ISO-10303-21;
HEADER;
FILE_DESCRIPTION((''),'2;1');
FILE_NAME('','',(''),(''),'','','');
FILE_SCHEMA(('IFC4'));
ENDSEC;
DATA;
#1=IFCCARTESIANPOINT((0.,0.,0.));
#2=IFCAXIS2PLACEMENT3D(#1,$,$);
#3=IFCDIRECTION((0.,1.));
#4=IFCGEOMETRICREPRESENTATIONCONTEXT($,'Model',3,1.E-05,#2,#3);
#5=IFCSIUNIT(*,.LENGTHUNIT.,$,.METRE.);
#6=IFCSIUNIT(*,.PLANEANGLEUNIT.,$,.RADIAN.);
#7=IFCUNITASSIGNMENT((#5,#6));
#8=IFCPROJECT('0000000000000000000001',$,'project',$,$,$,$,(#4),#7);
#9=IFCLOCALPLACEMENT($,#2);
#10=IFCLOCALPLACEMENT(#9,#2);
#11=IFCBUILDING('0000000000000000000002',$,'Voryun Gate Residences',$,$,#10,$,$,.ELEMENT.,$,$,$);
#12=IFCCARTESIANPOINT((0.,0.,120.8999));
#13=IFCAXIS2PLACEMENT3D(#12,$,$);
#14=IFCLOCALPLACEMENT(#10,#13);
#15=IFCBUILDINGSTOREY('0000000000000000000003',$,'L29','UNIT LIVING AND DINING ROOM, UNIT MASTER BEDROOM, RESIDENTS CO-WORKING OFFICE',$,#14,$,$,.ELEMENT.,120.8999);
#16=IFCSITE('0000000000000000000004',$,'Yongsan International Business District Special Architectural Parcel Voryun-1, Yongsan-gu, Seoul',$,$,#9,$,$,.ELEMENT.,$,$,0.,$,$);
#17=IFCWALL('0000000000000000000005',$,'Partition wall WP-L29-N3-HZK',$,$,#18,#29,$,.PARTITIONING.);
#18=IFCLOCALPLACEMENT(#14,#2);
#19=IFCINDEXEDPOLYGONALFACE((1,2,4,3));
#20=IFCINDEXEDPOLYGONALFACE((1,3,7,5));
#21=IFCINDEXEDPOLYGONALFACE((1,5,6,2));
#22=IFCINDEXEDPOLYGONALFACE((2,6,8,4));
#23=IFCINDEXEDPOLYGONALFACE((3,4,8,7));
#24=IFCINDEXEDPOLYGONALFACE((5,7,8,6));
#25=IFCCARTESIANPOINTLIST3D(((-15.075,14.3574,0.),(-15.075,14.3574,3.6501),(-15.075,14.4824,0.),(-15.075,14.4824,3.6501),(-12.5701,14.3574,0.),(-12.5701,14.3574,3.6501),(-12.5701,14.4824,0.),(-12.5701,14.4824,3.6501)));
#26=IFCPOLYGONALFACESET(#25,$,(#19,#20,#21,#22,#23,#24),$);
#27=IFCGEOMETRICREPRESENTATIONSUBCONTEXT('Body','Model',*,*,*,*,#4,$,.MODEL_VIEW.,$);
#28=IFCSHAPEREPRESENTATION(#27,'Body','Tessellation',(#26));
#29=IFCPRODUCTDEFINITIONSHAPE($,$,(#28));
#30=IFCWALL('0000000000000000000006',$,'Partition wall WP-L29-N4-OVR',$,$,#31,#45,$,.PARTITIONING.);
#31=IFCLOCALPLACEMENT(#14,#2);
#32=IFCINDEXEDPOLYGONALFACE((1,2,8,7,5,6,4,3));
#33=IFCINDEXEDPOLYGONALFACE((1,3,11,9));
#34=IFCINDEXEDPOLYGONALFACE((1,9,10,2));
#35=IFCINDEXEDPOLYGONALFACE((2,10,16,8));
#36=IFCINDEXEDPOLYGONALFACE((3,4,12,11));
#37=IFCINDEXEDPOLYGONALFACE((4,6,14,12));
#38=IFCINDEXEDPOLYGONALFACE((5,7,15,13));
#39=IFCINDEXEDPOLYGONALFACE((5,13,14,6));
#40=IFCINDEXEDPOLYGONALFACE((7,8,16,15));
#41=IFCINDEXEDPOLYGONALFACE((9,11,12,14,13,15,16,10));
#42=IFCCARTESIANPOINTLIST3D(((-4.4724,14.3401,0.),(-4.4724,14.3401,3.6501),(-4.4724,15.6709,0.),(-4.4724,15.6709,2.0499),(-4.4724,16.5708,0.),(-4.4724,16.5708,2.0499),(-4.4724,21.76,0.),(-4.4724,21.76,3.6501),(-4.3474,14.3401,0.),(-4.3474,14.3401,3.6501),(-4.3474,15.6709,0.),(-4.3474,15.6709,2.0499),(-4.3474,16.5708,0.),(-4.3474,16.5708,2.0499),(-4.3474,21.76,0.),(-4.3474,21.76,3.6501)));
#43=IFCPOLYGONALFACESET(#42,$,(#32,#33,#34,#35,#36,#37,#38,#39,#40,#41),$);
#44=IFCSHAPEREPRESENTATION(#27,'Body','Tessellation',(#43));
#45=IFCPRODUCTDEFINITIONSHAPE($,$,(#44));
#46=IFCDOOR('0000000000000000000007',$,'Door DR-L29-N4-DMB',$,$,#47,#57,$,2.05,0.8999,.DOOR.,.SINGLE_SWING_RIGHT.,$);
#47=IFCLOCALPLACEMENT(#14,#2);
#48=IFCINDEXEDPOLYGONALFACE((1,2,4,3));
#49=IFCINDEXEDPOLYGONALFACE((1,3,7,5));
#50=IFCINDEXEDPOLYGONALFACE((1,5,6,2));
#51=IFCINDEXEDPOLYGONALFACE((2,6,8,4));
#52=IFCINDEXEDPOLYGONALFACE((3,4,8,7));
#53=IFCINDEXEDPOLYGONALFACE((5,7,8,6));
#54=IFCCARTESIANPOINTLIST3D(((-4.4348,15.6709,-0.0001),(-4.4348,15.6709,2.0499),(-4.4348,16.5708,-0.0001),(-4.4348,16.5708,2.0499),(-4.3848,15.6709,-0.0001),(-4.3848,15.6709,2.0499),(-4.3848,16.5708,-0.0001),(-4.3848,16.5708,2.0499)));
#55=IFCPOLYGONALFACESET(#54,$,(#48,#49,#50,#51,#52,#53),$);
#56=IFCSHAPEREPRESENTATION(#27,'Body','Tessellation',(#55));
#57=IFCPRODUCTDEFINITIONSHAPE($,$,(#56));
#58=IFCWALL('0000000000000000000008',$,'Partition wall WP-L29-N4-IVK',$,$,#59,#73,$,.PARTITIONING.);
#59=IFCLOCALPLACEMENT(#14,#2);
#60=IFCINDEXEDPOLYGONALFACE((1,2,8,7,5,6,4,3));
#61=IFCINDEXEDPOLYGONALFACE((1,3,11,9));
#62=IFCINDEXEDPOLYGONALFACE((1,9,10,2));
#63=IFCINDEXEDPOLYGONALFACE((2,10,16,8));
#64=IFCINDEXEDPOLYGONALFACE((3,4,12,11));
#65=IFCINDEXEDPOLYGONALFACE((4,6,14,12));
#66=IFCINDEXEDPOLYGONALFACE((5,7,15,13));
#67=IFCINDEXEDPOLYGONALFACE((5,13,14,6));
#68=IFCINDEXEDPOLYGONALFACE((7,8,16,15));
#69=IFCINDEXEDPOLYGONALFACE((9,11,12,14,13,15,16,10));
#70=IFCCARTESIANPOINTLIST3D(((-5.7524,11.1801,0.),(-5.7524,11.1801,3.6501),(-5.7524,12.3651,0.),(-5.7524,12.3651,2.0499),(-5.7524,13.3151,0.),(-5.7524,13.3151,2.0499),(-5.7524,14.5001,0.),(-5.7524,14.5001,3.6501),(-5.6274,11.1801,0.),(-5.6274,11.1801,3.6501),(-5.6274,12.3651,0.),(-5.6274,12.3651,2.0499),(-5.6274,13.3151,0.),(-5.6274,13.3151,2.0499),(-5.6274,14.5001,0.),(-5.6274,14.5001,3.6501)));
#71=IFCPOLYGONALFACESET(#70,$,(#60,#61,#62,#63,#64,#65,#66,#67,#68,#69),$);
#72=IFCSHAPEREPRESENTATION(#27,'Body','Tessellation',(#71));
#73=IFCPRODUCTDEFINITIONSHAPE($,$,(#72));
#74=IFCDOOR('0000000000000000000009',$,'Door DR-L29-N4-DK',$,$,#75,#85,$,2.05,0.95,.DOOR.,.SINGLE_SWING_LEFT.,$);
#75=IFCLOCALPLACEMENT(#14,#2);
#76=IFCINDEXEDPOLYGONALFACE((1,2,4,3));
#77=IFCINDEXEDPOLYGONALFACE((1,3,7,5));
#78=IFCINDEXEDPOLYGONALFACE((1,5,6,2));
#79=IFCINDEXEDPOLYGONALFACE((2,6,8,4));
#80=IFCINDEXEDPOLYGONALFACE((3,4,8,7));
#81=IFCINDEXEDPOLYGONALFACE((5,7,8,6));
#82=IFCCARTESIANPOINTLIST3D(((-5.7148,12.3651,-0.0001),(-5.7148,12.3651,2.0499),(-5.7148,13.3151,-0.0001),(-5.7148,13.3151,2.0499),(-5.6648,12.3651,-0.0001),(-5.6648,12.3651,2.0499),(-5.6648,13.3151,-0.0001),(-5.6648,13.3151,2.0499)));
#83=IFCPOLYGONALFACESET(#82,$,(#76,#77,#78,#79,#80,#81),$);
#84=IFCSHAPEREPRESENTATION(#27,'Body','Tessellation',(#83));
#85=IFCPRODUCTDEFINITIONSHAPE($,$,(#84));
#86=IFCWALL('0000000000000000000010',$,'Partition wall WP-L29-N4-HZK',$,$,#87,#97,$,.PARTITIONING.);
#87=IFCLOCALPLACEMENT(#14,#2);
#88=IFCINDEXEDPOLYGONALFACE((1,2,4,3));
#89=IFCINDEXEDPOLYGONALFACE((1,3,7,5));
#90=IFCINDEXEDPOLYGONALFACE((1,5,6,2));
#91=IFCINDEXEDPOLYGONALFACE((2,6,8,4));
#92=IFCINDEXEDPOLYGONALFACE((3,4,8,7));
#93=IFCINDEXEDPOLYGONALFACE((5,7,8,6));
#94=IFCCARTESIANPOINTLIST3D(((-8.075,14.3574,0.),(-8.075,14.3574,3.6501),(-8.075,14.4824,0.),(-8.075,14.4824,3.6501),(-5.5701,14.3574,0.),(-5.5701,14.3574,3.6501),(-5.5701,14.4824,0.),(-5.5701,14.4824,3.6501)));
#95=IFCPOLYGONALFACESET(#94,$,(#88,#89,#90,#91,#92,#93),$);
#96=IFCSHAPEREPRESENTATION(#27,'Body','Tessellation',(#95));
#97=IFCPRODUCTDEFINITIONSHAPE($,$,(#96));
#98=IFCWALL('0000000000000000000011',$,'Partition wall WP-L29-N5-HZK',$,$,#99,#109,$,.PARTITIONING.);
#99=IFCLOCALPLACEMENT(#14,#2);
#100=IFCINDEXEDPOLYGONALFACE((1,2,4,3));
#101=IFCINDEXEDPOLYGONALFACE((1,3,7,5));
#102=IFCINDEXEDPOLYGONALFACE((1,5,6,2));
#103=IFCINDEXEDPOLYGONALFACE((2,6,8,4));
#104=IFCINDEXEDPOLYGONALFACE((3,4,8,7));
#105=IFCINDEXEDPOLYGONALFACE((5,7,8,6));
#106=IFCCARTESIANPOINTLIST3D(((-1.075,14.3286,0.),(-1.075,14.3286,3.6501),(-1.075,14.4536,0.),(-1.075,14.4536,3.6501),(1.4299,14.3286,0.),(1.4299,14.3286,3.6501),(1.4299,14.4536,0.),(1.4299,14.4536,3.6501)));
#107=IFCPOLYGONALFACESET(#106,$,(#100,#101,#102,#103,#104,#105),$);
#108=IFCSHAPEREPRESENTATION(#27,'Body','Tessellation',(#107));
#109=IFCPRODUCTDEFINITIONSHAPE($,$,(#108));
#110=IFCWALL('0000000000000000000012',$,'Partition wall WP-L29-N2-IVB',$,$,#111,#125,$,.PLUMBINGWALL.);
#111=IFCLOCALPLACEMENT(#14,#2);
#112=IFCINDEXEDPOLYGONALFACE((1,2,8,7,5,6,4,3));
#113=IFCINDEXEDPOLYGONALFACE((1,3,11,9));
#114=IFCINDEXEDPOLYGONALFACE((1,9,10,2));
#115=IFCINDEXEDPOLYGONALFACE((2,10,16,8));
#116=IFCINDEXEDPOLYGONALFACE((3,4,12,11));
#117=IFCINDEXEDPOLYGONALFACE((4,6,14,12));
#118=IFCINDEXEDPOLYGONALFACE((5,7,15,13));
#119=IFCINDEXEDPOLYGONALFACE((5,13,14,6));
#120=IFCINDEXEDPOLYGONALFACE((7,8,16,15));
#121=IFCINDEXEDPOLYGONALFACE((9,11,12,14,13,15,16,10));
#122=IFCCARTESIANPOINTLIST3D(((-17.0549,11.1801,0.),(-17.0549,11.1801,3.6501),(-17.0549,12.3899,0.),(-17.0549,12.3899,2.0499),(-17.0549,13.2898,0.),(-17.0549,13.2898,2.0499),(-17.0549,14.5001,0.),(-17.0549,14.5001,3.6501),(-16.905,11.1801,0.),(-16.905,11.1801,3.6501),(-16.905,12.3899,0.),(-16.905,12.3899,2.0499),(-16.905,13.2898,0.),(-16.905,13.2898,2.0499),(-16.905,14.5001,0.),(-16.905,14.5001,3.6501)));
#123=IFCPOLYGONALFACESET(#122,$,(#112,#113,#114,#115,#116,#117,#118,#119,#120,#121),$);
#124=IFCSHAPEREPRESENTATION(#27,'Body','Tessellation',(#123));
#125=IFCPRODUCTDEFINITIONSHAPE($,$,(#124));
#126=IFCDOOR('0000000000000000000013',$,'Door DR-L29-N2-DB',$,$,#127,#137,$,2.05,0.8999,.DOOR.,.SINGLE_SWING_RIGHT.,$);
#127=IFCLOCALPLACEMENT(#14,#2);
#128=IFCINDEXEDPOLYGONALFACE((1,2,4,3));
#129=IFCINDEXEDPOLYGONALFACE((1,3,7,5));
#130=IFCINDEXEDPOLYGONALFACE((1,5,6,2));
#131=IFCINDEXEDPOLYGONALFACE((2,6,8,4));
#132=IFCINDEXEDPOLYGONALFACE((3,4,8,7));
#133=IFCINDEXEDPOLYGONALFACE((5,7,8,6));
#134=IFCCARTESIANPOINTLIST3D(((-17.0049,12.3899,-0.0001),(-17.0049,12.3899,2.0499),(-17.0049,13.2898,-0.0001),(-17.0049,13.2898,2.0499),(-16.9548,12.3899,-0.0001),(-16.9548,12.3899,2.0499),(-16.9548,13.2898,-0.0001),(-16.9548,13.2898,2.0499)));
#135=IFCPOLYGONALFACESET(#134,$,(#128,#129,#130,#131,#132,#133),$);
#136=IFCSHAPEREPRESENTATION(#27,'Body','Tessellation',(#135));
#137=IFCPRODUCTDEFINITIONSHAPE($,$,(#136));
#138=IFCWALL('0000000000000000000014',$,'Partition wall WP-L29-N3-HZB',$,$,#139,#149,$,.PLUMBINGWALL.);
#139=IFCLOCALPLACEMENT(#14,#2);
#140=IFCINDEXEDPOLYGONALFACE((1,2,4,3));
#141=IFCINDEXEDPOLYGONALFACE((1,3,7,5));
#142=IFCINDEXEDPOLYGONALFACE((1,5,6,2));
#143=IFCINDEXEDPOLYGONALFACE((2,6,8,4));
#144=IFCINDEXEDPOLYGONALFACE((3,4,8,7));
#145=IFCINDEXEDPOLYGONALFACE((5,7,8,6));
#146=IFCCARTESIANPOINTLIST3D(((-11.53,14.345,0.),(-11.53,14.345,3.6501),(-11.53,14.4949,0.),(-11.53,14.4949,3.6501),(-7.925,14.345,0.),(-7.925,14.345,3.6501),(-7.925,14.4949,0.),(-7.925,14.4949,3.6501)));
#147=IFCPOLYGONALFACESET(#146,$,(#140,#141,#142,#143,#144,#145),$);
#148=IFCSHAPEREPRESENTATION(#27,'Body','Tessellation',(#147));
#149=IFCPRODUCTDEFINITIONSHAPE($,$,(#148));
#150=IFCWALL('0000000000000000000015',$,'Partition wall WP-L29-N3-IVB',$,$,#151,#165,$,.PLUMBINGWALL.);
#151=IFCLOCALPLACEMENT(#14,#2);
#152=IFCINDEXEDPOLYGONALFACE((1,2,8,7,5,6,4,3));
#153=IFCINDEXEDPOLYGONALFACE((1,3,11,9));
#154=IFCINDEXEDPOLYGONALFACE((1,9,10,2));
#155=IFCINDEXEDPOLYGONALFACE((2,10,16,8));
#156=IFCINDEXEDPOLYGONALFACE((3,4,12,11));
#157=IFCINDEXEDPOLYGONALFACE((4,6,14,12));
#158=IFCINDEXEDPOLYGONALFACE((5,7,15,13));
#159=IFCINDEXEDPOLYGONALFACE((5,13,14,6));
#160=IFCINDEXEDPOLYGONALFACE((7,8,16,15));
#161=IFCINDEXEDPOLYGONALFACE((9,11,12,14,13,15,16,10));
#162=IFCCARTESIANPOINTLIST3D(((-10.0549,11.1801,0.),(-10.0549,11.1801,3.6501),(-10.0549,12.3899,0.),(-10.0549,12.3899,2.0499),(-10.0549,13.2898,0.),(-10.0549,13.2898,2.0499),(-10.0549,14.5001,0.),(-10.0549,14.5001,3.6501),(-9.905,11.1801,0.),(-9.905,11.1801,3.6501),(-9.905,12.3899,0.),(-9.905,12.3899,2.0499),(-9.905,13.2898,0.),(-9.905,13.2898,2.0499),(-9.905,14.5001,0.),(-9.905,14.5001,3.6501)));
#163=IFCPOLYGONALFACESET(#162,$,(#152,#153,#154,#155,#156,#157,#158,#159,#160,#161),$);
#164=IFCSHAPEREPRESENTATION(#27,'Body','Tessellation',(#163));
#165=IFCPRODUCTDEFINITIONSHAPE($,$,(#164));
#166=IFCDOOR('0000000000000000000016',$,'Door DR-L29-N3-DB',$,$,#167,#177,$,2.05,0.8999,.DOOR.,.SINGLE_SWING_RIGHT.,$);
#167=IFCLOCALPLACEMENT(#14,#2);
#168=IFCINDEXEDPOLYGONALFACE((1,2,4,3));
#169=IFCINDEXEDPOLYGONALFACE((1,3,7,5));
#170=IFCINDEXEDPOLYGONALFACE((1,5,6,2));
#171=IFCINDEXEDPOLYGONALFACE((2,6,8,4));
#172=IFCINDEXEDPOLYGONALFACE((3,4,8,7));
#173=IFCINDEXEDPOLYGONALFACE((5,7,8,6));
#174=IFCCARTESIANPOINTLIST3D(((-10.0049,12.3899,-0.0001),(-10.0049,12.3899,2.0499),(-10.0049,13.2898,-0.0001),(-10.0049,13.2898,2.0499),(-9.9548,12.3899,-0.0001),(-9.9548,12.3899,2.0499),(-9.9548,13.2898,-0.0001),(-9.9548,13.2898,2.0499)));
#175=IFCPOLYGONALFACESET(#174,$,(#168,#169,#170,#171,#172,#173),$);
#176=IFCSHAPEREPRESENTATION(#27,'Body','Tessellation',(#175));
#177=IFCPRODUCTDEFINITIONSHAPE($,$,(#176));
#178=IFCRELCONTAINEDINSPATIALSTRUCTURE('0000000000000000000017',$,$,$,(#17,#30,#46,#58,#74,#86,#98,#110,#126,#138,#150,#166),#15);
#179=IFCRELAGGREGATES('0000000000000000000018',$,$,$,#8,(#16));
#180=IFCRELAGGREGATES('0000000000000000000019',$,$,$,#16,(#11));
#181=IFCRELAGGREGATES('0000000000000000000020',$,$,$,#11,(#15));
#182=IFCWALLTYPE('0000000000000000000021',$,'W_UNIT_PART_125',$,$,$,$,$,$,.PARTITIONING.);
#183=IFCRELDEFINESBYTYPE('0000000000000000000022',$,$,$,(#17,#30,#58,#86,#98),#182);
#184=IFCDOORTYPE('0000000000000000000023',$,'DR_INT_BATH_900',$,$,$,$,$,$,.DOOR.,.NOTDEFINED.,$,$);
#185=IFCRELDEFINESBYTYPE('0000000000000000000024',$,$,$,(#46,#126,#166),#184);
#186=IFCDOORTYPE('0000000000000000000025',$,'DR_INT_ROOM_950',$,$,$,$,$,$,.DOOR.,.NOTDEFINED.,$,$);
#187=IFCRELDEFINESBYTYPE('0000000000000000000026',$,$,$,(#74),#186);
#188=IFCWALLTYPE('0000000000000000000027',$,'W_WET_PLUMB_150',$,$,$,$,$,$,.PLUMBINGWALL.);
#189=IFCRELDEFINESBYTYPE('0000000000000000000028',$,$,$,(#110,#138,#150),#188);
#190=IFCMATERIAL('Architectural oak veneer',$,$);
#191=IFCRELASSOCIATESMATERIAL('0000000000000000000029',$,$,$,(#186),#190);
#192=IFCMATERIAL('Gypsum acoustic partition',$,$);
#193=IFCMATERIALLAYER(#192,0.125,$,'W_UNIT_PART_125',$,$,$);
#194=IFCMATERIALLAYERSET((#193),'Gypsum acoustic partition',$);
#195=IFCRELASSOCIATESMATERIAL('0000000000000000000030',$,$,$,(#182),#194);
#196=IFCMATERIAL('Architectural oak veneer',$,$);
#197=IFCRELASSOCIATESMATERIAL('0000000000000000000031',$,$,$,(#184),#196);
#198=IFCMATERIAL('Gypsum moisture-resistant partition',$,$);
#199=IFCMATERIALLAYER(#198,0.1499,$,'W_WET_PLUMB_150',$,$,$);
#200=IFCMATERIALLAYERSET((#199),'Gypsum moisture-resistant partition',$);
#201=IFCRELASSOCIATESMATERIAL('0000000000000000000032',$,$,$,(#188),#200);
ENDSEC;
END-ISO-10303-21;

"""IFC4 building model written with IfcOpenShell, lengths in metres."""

from ifc_helpers import new_model, si_unit, direction, frame, frame_2d, origin, place, context, subcontext, project, spatial, rectangle, extrude, material, layer, layer_set, type_object, element, fill, save


model = new_model("IFC4")

# Units and contexts
model_context = context("Model", 3, precision=1e-05, world=origin(), true_north=direction((0.0, 1.0)))
body_context = subcontext(model_context, "Body", "Model", "MODEL_VIEW")
ifc_project = project(units=[si_unit("LENGTHUNIT", "METRE"), si_unit("PLANEANGLEUNIT", "RADIAN")], contexts=[model_context])

# Site, building, storey
site_placement = place(None, origin())
site = spatial("IfcSite", under=ifc_project, at=site_placement, Name="Yongsan International Business District Special Architectural Parcel Voryun-1, Yongsan-gu, Seoul", CompositionType="ELEMENT", RefElevation=0.0)
building_placement = place(site_placement, origin())
building = spatial("IfcBuilding", under=site, at=building_placement, Name="Voryun Gate Residences", CompositionType="ELEMENT")
storey_placement = place(building_placement, frame((0.0, 0.0, 120.8999)))
storey = spatial("IfcBuildingStorey", under=building, at=storey_placement, Name="L29", Description="UNIT LIVING AND DINING ROOM, UNIT MASTER BEDROOM, RESIDENTS CO-WORKING OFFICE", CompositionType="ELEMENT", Elevation=120.8999)

# Shared definitions
ifc_material_1 = material(Name="Architectural oak veneer")
door_type_1 = type_object("IfcDoorType", Name="DR_INT_ROOM_950", OperationType="NOTDEFINED", PredefinedType="DOOR", material=ifc_material_1)

# Shared definitions
ifc_material_2 = material(Name="Gypsum acoustic partition")
ifc_layer_1 = layer(ifc_material_2, 0.125, Name="W_UNIT_PART_125")
ifc_layer_set_1 = layer_set([ifc_layer_1], Name="Gypsum acoustic partition")
wall_type_1 = type_object("IfcWallType", Name="W_UNIT_PART_125", PredefinedType="PARTITIONING", material=ifc_layer_set_1)
ifc_material_3 = material(Name="Architectural oak veneer")
door_type_2 = type_object("IfcDoorType", Name="DR_INT_BATH_900", OperationType="NOTDEFINED", PredefinedType="DOOR", material=ifc_material_3)

# Wall
wall_1_placement = place(storey_placement, frame((-15.075, 14.4199, 0.0), z_axis=(0.0, 0.0, 1.0), x_axis=(1.0, 0.0, 0.0)))
element("IfcWall", 1, at=wall_1_placement, inside=storey, type_object=wall_type_1, Name="Partition wall WP-L29-N3-HZK", PredefinedType="PARTITIONING", context=body_context, shape_type="SweptSolid", body=[
    extrude(rectangle(XDim=2.5049, YDim=0.125, at=frame_2d((1.2524, 0.0))), origin(), (0.0, 0.0, 1.0), 3.6501),
])

# Walls, openings, doors
wall_2_placement = place(storey_placement, frame((-4.4099, 14.3401, 0.0), z_axis=(0.0, 0.0, 1.0), x_axis=(0.0, 1.0, 0.0)))
wall_2 = element("IfcWall", 2, at=wall_2_placement, inside=storey, type_object=wall_type_1, Name="Partition wall WP-L29-N4-OVR", PredefinedType="PARTITIONING", context=body_context, shape_type="SweptSolid", body=[
    extrude(rectangle(XDim=7.4199, YDim=0.125, at=frame_2d((3.71, 0.0))), origin(), (0.0, 0.0, 1.0), 3.6501),
])
opening_1_placement = place(wall_2_placement, frame((1.3308, 0.0, 0.0)))
opening_1 = element("IfcOpeningElement", 3, at=opening_1_placement, cuts=wall_2, PredefinedType="OPENING", context=body_context, shape_type="SweptSolid", body=[
    extrude(rectangle(XDim=0.8999, YDim=2.05, at=frame_2d((0.45, 1.0249))), frame((0.0, 0.0725, 0.0), z_axis=(0.0, -1.0, 0.0), x_axis=(1.0, 0.0, 0.0)), (0.0, 0.0, 1.0), 0.145),
])
door_1_placement = place(opening_1_placement, origin())
door_1 = element("IfcDoor", 4, at=door_1_placement, inside=storey, type_object=door_type_2, Name="Door DR-L29-N4-DMB", OperationType="SINGLE_SWING_RIGHT", OverallHeight=2.05, OverallWidth=0.8999, PredefinedType="DOOR", context=body_context, shape_type="SweptSolid", body=[
    extrude(rectangle(XDim=0.8999, YDim=2.05, at=frame_2d((0.45, 1.0249))), frame((0.0, 0.0249, 0.0), z_axis=(0.0, -1.0, 0.0), x_axis=(1.0, 0.0, 0.0)), (0.0, 0.0, 1.0), 0.05),
])
fill(opening_1, door_1)
wall_3_placement = place(storey_placement, frame((-5.6899, 11.1799, 0.0), z_axis=(0.0, 0.0, 1.0), x_axis=(0.0, 1.0, 0.0)))
wall_3 = element("IfcWall", 5, at=wall_3_placement, inside=storey, type_object=wall_type_1, Name="Partition wall WP-L29-N4-IVK", PredefinedType="PARTITIONING", context=body_context, shape_type="SweptSolid", body=[
    extrude(rectangle(XDim=3.3201, YDim=0.125, at=frame_2d((1.6602, 0.0))), origin(), (0.0, 0.0, 1.0), 3.6501),
])
opening_2_placement = place(wall_3_placement, frame((1.1851, 0.0, 0.0)))
opening_2 = element("IfcOpeningElement", 6, at=opening_2_placement, cuts=wall_3, PredefinedType="OPENING", context=body_context, shape_type="SweptSolid", body=[
    extrude(rectangle(XDim=0.95, YDim=2.05, at=frame_2d((0.4751, 1.0249))), frame((0.0, 0.0725, 0.0), z_axis=(0.0, -1.0, 0.0), x_axis=(1.0, 0.0, 0.0)), (0.0, 0.0, 1.0), 0.145),
])
door_2_placement = place(opening_2_placement, origin())
door_2 = element("IfcDoor", 7, at=door_2_placement, inside=storey, type_object=door_type_1, Name="Door DR-L29-N4-DK", OperationType="SINGLE_SWING_LEFT", OverallHeight=2.05, OverallWidth=0.95, PredefinedType="DOOR", context=body_context, shape_type="SweptSolid", body=[
    extrude(rectangle(XDim=0.95, YDim=2.05, at=frame_2d((0.4751, 1.0249))), frame((0.0, 0.0249, 0.0), z_axis=(0.0, -1.0, 0.0), x_axis=(1.0, 0.0, 0.0)), (0.0, 0.0, 1.0), 0.05),
])
fill(opening_2, door_2)

# Walls
for number, where, z_axis, x_axis, name in (
    (8, (-8.075, 14.4199, 0.0), (0.0, 0.0, 1.0), (1.0, 0.0, 0.0), "Partition wall WP-L29-N4-HZK"),
    (9, (-1.075, 14.3911, 0.0), (0.0, 0.0, 1.0), (1.0, 0.0, 0.0), "Partition wall WP-L29-N5-HZK"),
):
    element("IfcWall", number, at=place(storey_placement, frame(where, z_axis=z_axis, x_axis=x_axis)), inside=storey, type_object=wall_type_1, Name=name, PredefinedType="PARTITIONING", context=body_context, shape_type="SweptSolid", body=[
        extrude(rectangle(XDim=2.5049, YDim=0.125, at=frame_2d((1.2524, 0.0))), origin(), (0.0, 0.0, 1.0), 3.6501),
    ])

# Wall, opening, door
ifc_material_4 = material(Name="Gypsum moisture-resistant partition")
ifc_layer_2 = layer(ifc_material_4, 0.1499, Name="W_WET_PLUMB_150")
ifc_layer_set_2 = layer_set([ifc_layer_2], Name="Gypsum moisture-resistant partition")
wall_type_2 = type_object("IfcWallType", Name="W_WET_PLUMB_150", PredefinedType="PLUMBINGWALL", material=ifc_layer_set_2)
wall_4_placement = place(storey_placement, frame((-16.98, 11.1799, 0.0), z_axis=(0.0, 0.0, 1.0), x_axis=(0.0, 1.0, 0.0)))
wall_4 = element("IfcWall", 10, at=wall_4_placement, inside=storey, type_object=wall_type_2, Name="Partition wall WP-L29-N2-IVB", PredefinedType="PLUMBINGWALL", context=body_context, shape_type="SweptSolid", body=[
    extrude(rectangle(XDim=3.3201, YDim=0.1499, at=frame_2d((1.6602, 0.0))), origin(), (0.0, 0.0, 1.0), 3.6501),
])
opening_3_placement = place(wall_4_placement, frame((1.21, 0.0, 0.0)))
opening_3 = element("IfcOpeningElement", 11, at=opening_3_placement, cuts=wall_4, PredefinedType="OPENING", context=body_context, shape_type="SweptSolid", body=[
    extrude(rectangle(XDim=0.8999, YDim=2.05, at=frame_2d((0.45, 1.0249))), frame((0.0, 0.085, 0.0), z_axis=(0.0, -1.0, 0.0), x_axis=(1.0, 0.0, 0.0)), (0.0, 0.0, 1.0), 0.1699),
])
door_3_placement = place(opening_3_placement, origin())
door_3 = element("IfcDoor", 12, at=door_3_placement, inside=storey, type_object=door_type_2, Name="Door DR-L29-N2-DB", OperationType="SINGLE_SWING_RIGHT", OverallHeight=2.05, OverallWidth=0.8999, PredefinedType="DOOR", context=body_context, shape_type="SweptSolid", body=[
    extrude(rectangle(XDim=0.8999, YDim=2.05, at=frame_2d((0.45, 1.0249))), frame((0.0, 0.0249, 0.0), z_axis=(0.0, -1.0, 0.0), x_axis=(1.0, 0.0, 0.0)), (0.0, 0.0, 1.0), 0.05),
])
fill(opening_3, door_3)

# Wall
wall_5_placement = place(storey_placement, frame((-11.53, 14.4199, 0.0), z_axis=(0.0, 0.0, 1.0), x_axis=(1.0, 0.0, 0.0)))
element("IfcWall", 13, at=wall_5_placement, inside=storey, type_object=wall_type_2, Name="Partition wall WP-L29-N3-HZB", PredefinedType="PLUMBINGWALL", context=body_context, shape_type="SweptSolid", body=[
    extrude(rectangle(XDim=3.605, YDim=0.1499, at=frame_2d((1.8025, 0.0))), origin(), (0.0, 0.0, 1.0), 3.6501),
])

# Wall, opening, door
wall_6_placement = place(storey_placement, frame((-9.98, 11.1799, 0.0), z_axis=(0.0, 0.0, 1.0), x_axis=(0.0, 1.0, 0.0)))
wall_6 = element("IfcWall", 14, at=wall_6_placement, inside=storey, type_object=wall_type_2, Name="Partition wall WP-L29-N3-IVB", PredefinedType="PLUMBINGWALL", context=body_context, shape_type="SweptSolid", body=[
    extrude(rectangle(XDim=3.3201, YDim=0.1499, at=frame_2d((1.6602, 0.0))), origin(), (0.0, 0.0, 1.0), 3.6501),
])
opening_4_placement = place(wall_6_placement, frame((1.21, 0.0, 0.0)))
opening_4 = element("IfcOpeningElement", 15, at=opening_4_placement, cuts=wall_6, PredefinedType="OPENING", context=body_context, shape_type="SweptSolid", body=[
    extrude(rectangle(XDim=0.8999, YDim=2.05, at=frame_2d((0.45, 1.0249))), frame((0.0, 0.085, 0.0), z_axis=(0.0, -1.0, 0.0), x_axis=(1.0, 0.0, 0.0)), (0.0, 0.0, 1.0), 0.1699),
])
door_4_placement = place(opening_4_placement, origin())
door_4 = element("IfcDoor", 16, at=door_4_placement, inside=storey, type_object=door_type_2, Name="Door DR-L29-N3-DB", OperationType="SINGLE_SWING_RIGHT", OverallHeight=2.05, OverallWidth=0.8999, PredefinedType="DOOR", context=body_context, shape_type="SweptSolid", body=[
    extrude(rectangle(XDim=0.8999, YDim=2.05, at=frame_2d((0.45, 1.0249))), frame((0.0, 0.0249, 0.0), z_axis=(0.0, -1.0, 0.0), x_axis=(1.0, 0.0, 0.0)), (0.0, 0.0, 1.0), 0.05),
])
fill(opening_4, door_4)

save(model, "model.ifc")
